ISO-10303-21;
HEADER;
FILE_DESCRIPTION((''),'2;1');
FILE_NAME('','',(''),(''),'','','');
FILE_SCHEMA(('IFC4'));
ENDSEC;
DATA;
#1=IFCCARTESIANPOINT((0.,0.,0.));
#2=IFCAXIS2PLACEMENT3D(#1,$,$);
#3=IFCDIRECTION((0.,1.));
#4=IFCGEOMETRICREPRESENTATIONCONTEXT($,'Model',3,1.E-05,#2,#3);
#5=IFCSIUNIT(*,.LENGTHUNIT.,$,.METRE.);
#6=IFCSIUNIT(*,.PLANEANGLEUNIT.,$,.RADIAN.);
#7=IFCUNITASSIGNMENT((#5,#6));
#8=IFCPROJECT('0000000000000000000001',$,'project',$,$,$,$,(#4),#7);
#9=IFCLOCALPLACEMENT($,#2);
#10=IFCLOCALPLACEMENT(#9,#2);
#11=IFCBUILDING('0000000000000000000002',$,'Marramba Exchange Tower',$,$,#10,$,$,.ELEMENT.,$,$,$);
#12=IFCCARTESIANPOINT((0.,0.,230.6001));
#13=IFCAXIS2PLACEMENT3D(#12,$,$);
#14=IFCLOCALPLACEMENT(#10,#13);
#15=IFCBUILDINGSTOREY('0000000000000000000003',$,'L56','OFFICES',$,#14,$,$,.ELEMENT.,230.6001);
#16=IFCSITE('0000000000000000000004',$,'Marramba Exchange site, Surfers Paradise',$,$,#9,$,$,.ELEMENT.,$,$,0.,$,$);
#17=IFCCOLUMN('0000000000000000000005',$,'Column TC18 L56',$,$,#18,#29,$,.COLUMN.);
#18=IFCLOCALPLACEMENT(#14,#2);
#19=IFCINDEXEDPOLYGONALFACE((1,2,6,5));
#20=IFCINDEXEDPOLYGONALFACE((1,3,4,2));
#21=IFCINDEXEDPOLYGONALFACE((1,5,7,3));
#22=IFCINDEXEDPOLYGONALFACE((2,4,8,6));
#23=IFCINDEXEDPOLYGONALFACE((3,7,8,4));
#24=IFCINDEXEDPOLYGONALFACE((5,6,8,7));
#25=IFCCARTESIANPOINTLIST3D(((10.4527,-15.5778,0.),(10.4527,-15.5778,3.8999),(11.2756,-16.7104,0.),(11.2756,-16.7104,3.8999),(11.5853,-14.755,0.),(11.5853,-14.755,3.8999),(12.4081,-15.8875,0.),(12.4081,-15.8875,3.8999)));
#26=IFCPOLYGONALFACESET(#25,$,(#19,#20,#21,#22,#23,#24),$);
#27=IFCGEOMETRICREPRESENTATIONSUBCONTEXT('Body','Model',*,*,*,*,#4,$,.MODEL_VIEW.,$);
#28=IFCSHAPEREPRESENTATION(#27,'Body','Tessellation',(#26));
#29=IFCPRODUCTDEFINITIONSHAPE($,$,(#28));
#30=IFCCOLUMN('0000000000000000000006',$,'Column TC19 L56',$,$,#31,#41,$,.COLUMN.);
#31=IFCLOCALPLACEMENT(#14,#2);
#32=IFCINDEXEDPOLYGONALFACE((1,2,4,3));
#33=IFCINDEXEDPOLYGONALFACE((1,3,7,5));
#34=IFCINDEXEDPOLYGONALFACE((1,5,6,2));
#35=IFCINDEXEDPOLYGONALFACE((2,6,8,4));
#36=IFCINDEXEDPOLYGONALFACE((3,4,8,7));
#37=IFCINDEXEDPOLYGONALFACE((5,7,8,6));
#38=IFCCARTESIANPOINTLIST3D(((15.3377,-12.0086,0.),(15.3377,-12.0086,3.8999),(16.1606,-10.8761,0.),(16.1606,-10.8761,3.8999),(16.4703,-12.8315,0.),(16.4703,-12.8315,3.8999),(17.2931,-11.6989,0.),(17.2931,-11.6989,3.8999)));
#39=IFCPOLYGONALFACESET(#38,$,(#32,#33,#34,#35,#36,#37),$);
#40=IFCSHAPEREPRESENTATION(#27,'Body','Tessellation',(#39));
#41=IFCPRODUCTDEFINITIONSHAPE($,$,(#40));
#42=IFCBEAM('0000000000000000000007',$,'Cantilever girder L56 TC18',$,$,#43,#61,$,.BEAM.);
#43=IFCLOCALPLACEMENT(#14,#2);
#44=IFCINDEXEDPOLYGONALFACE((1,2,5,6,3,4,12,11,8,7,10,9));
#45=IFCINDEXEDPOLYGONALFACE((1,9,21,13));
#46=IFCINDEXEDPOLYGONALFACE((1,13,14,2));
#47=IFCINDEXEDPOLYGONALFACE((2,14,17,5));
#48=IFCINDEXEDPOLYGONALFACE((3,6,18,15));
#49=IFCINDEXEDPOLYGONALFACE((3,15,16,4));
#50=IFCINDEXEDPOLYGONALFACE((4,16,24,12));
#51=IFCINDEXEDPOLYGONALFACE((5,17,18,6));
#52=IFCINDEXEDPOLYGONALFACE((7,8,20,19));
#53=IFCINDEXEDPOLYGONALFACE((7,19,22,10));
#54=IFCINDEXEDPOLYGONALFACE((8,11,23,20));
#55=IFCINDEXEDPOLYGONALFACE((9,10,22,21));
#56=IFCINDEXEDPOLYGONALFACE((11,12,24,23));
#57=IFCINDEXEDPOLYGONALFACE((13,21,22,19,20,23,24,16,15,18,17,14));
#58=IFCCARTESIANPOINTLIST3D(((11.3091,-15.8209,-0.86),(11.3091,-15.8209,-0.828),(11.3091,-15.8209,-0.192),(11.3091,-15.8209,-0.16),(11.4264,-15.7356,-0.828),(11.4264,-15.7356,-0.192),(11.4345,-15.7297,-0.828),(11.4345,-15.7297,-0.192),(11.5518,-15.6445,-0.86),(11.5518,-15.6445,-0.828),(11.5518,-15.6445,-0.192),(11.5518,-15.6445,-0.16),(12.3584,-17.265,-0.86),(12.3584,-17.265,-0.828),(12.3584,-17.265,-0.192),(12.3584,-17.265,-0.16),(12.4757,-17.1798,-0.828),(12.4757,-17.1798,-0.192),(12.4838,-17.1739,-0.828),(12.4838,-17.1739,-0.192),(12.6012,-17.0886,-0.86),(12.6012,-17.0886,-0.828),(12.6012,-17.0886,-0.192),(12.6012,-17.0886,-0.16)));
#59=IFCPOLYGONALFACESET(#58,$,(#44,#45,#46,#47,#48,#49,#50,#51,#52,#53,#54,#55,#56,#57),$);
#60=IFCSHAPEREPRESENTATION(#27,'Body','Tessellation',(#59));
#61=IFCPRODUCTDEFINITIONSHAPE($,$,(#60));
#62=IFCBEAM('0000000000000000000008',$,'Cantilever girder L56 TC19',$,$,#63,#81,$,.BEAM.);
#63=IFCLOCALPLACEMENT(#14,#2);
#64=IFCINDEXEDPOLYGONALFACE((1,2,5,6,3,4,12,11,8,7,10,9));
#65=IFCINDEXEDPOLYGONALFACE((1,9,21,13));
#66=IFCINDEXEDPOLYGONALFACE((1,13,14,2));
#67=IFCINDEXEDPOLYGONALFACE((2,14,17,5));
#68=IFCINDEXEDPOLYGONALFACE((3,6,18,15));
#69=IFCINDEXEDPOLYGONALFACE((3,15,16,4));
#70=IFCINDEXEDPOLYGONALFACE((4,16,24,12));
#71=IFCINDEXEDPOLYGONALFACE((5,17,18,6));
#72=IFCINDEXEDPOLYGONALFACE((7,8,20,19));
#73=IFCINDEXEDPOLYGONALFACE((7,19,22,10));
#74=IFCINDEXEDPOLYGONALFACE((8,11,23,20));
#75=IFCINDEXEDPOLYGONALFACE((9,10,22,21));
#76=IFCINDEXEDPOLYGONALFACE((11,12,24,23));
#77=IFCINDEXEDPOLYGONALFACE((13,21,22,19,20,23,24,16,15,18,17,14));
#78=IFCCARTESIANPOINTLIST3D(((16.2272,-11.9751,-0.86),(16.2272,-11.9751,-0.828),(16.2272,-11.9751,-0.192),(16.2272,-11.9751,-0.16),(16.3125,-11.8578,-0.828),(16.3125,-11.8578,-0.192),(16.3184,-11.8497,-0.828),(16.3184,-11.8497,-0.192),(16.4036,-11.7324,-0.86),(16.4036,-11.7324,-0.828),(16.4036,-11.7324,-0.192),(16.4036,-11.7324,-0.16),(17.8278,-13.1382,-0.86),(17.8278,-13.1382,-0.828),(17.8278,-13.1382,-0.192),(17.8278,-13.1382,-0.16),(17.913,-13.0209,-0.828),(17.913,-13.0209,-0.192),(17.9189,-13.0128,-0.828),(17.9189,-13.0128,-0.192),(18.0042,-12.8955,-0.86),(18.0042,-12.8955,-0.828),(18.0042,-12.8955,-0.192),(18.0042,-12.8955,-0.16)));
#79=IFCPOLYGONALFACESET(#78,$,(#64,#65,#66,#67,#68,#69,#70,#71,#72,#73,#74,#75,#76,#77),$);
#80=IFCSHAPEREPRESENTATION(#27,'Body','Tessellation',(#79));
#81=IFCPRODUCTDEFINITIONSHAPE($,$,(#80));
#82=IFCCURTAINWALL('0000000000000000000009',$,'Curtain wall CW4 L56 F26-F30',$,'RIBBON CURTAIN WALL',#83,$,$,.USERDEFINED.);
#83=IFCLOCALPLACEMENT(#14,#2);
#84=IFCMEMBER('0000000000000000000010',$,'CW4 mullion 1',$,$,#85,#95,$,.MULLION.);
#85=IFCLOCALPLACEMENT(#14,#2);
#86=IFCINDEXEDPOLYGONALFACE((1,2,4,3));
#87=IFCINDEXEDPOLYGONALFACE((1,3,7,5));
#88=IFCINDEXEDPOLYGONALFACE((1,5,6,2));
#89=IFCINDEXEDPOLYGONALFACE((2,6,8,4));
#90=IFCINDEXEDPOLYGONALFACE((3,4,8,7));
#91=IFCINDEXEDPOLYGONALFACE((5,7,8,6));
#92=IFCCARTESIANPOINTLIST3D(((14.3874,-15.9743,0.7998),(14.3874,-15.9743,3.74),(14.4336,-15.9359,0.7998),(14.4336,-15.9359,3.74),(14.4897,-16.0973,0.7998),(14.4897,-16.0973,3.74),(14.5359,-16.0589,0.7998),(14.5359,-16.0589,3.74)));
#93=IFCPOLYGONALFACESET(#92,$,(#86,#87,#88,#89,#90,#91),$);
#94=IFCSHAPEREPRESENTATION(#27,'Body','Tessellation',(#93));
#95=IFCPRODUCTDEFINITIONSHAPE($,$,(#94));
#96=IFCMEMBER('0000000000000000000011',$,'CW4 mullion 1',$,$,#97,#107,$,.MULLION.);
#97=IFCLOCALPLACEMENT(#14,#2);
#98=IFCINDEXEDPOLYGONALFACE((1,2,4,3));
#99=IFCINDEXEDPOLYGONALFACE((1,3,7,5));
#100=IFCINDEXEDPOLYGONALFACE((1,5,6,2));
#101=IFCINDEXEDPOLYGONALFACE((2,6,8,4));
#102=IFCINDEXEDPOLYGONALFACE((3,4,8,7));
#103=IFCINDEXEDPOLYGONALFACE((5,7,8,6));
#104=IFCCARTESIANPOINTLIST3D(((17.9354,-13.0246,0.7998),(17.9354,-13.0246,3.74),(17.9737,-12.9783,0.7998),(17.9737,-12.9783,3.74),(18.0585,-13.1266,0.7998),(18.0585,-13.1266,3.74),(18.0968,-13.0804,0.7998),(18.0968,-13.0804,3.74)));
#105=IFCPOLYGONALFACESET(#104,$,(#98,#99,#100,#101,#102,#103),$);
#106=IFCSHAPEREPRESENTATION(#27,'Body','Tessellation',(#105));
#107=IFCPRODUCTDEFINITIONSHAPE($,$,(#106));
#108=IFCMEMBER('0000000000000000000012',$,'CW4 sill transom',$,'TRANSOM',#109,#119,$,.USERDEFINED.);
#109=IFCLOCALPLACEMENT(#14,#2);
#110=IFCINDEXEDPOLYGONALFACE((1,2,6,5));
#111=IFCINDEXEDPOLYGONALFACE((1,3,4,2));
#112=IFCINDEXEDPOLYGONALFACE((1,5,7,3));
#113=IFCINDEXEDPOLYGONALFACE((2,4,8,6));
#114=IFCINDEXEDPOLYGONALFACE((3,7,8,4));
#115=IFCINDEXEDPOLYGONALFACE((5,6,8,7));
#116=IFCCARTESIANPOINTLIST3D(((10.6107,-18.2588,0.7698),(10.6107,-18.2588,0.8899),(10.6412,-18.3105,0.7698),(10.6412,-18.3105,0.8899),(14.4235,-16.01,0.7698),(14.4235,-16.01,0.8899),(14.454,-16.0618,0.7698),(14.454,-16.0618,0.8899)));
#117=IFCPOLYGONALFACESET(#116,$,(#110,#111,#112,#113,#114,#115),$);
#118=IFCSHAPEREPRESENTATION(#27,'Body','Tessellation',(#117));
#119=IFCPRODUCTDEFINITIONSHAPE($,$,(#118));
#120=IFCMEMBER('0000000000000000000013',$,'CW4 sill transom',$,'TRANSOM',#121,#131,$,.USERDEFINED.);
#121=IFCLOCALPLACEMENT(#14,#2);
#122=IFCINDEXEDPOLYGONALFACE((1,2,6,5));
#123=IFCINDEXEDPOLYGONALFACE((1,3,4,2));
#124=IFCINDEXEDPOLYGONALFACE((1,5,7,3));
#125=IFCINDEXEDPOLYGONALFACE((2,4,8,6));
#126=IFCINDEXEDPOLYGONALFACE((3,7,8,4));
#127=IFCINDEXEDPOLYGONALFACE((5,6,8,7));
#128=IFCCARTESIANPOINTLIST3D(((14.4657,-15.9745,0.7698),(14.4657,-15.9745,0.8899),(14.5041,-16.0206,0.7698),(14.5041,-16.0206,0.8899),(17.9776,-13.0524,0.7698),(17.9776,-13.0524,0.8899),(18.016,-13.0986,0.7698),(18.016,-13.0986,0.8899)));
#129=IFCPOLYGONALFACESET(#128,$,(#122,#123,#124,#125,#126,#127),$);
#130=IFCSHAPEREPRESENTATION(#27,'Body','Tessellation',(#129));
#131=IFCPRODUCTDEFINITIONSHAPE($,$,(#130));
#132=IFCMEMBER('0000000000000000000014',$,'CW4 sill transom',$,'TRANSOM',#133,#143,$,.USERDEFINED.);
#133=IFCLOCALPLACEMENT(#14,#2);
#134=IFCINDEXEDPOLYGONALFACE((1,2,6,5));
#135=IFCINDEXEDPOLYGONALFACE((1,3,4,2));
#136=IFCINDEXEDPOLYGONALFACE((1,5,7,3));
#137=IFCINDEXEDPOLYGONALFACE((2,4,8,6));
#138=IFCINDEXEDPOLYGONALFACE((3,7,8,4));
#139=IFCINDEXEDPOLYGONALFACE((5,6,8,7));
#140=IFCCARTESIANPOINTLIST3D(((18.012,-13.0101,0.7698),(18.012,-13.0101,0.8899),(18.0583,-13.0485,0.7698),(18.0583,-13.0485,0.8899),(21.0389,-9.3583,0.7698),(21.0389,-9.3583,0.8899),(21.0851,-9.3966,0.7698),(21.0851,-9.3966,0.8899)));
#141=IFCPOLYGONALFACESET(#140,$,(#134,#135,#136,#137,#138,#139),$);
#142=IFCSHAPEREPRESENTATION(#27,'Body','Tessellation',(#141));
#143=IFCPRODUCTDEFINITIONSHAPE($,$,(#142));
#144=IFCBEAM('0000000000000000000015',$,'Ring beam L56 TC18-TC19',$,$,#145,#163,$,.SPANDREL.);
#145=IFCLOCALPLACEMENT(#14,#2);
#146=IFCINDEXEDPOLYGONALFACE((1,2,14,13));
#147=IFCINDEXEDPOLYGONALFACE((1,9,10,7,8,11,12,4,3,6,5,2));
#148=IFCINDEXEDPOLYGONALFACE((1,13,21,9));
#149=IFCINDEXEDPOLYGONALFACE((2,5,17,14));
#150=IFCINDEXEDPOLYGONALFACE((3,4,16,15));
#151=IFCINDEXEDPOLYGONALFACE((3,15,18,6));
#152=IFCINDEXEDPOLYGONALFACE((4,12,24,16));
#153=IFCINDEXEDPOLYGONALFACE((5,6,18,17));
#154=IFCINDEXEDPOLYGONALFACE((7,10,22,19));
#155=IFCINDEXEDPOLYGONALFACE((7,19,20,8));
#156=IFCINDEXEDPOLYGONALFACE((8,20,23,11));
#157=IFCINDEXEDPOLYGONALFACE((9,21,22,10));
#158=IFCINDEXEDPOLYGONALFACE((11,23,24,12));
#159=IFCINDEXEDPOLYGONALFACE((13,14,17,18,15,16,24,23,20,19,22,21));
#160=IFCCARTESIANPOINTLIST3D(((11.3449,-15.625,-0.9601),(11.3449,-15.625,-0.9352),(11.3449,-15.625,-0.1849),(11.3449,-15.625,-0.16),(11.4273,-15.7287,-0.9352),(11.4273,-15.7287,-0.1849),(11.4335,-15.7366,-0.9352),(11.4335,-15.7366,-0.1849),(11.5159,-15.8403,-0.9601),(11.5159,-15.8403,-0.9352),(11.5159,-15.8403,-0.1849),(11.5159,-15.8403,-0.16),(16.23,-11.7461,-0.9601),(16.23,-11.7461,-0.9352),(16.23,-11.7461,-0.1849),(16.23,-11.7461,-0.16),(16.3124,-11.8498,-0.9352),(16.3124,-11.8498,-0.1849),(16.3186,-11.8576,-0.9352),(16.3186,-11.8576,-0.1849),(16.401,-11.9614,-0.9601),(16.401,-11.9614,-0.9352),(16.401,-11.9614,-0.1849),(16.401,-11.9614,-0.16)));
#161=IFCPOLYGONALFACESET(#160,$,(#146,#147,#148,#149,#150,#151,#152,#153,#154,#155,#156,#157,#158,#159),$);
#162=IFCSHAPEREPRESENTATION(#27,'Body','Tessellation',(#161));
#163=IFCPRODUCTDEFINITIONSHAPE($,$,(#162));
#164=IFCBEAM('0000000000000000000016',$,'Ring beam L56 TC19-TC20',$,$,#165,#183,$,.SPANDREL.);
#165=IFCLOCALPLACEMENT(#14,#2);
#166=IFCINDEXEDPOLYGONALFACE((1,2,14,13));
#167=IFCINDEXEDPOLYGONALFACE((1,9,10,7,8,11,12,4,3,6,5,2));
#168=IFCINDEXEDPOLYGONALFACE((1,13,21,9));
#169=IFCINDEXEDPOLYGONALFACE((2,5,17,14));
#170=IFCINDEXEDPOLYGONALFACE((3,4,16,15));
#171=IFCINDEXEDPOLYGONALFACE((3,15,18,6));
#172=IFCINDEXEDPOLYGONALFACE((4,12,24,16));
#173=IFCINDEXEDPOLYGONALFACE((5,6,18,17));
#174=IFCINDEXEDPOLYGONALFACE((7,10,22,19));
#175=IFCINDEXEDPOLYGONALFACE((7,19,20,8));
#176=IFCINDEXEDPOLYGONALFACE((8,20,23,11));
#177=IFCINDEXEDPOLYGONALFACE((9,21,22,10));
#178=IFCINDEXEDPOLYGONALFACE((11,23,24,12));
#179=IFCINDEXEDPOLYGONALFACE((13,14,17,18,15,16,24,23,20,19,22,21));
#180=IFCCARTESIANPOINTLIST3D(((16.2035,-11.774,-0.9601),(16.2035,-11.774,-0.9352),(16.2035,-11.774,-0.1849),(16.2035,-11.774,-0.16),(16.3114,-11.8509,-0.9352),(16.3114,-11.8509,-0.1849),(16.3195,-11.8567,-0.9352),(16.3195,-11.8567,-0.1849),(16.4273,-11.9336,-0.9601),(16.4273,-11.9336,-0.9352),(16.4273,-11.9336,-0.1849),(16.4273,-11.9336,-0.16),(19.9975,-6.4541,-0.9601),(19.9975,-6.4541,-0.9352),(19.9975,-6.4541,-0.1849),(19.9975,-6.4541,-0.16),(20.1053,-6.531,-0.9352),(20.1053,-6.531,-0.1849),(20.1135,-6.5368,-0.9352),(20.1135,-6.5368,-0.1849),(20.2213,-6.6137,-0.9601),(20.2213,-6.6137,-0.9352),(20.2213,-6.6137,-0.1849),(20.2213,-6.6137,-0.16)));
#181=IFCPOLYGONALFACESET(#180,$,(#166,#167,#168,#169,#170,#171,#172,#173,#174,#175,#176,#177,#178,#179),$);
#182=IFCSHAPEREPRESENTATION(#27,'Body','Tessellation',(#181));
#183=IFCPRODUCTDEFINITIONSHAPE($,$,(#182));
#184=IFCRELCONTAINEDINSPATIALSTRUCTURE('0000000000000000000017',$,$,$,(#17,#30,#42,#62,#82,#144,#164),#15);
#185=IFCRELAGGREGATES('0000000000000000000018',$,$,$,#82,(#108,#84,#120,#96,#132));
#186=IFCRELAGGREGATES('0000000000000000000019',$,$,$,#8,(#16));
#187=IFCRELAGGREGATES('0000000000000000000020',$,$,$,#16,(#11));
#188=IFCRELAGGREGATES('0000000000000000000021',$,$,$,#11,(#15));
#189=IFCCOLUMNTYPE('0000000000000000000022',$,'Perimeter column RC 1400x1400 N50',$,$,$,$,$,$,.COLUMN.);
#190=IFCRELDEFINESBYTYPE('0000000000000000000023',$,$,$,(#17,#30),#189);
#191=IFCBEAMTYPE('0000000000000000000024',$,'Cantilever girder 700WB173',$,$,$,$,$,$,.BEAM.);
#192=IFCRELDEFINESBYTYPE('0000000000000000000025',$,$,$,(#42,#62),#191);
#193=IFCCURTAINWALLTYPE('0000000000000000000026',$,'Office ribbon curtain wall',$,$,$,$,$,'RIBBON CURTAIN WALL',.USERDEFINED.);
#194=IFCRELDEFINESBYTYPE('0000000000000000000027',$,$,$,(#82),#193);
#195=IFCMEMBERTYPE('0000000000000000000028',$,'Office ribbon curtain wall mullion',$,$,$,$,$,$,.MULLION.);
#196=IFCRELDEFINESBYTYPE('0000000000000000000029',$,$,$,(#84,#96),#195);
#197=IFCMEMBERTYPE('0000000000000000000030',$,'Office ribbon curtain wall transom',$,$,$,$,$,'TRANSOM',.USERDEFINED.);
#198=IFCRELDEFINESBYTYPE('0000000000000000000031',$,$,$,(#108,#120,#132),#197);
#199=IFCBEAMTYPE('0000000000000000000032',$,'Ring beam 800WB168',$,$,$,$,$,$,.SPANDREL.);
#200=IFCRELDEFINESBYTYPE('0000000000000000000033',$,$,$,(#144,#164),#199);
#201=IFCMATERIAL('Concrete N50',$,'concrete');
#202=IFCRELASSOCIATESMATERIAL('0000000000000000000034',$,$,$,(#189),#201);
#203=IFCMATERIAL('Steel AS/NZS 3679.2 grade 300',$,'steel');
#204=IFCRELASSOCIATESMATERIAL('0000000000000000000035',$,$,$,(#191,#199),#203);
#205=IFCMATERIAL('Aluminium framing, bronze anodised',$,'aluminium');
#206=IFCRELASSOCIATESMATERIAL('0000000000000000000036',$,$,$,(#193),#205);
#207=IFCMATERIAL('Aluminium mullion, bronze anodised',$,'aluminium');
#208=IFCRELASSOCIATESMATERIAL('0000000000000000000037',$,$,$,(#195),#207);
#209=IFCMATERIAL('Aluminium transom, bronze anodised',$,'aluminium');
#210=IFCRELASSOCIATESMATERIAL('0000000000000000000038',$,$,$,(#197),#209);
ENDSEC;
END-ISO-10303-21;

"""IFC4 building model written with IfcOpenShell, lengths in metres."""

from ifc_helpers import new_model, si_unit, direction, frame, origin, origin_2d, place, context, subcontext, project, spatial, rectangle, i_section, extrude, material, material_profile, profile_set, type_object, element, aggregate, save


model = new_model("IFC4")

# Units and contexts
model_context = context("Model", 3, precision=1e-05, world=origin(), true_north=direction((0.0, 1.0)))
body_context = subcontext(model_context, "Body", "Model", "MODEL_VIEW")
ifc_project = project(units=[si_unit("LENGTHUNIT", "METRE"), si_unit("PLANEANGLEUNIT", "RADIAN")], contexts=[model_context])

# Site, building, storey
site_placement = place(None, origin())
site = spatial("IfcSite", under=ifc_project, at=site_placement, Name="Marramba Exchange site, Surfers Paradise", CompositionType="ELEMENT", RefElevation=0.0)
building_placement = place(site_placement, origin())
building = spatial("IfcBuilding", under=site, at=building_placement, Name="Marramba Exchange Tower", CompositionType="ELEMENT")
storey_placement = place(building_placement, frame((0.0, 0.0, 230.6001)))
storey = spatial("IfcBuildingStorey", under=building, at=storey_placement, Name="L56", Description="OFFICES", CompositionType="ELEMENT", Elevation=230.6001)

# Columns
ifc_material_1 = material(Name="Concrete N50", Category="concrete")
ifc_material_profile_1 = material_profile(ifc_material_1, rectangle(XDim=1.3999, YDim=1.3999, at=origin_2d()), Name="RC 1400x1400")
ifc_profile_set_1 = profile_set([ifc_material_profile_1], Name="Concrete N50")
column_type = type_object("IfcColumnType", Name="Perimeter column RC 1400x1400 N50", PredefinedType="COLUMN", material=ifc_profile_set_1)
for number, where, z_axis, x_axis, name in (
    (1, (11.4304, -15.7327, 0.0), (0.0, 0.0, 1.0), (0.587785, -0.809017, 0.0), "Column TC18 L56"),
    (2, (16.3154, -11.8538, 0.0), (0.0, 0.0, 1.0), (0.809017, -0.587785, 0.0), "Column TC19 L56"),
):
    element("IfcColumn", number, at=place(storey_placement, frame(where, z_axis=z_axis, x_axis=x_axis)), inside=storey, type_object=column_type, Name=name, PredefinedType="COLUMN", context=body_context, shape_type="SweptSolid", body=[
        extrude(rectangle(XDim=1.3999, YDim=1.3999, at=origin_2d()), origin(), (0.0, 0.0, 1.0), 3.8999),
    ])

# Beams
ifc_material_2 = material(Name="Steel AS/NZS 3679.2 grade 300", Category="steel")
ifc_material_profile_2 = material_profile(ifc_material_2, i_section(OverallWidth=0.3, OverallDepth=0.7, WebThickness=0.01, FlangeThickness=0.032, at=origin_2d()), Name="700WB173")
ifc_profile_set_2 = profile_set([ifc_material_profile_2], Name="Steel AS/NZS 3679.2 grade 300")
beam_type_1 = type_object("IfcBeamType", Name="Cantilever girder 700WB173", PredefinedType="BEAM", material=ifc_profile_set_2)
beam_1_placement = place(storey_placement, frame((11.4304, -15.7327, -0.51), z_axis=(0.58783, -0.808984, 0.0), x_axis=(0.808984, 0.58783, 0.0)))
element("IfcBeam", 3, at=beam_1_placement, inside=storey, type_object=beam_type_1, Name="Cantilever girder L56 TC18", PredefinedType="BEAM", context=body_context, shape_type="SweptSolid", body=[
    extrude(i_section(OverallWidth=0.3, OverallDepth=0.7, WebThickness=0.01, FlangeThickness=0.032, at=origin_2d()), origin(), (0.0, 0.0, 1.0), 1.7852),
])
beam_2_placement = place(storey_placement, frame((16.3154, -11.8538, -0.51), z_axis=(0.808971, -0.587849, 0.0), x_axis=(0.587849, 0.808971, 0.0)))
element("IfcBeam", 4, at=beam_2_placement, inside=storey, type_object=beam_type_1, Name="Cantilever girder L56 TC19", PredefinedType="BEAM", context=body_context, shape_type="SweptSolid", body=[
    extrude(i_section(OverallWidth=0.3, OverallDepth=0.7, WebThickness=0.01, FlangeThickness=0.032, at=origin_2d()), origin(), (0.0, 0.0, 1.0), 1.9785),
])

# Curtain wall, members
ifc_material_3 = material(Name="Aluminium framing, bronze anodised", Category="aluminium")
curtain_wall_type = type_object("IfcCurtainWallType", Name="Office ribbon curtain wall", ElementType="RIBBON CURTAIN WALL", PredefinedType="USERDEFINED", material=ifc_material_3)
curtain_wall_placement = place(storey_placement, origin())
curtain_wall = element("IfcCurtainWall", 5, at=curtain_wall_placement, inside=storey, type_object=curtain_wall_type, Name="Curtain wall CW4 L56 F26-F30", ObjectType="RIBBON CURTAIN WALL", PredefinedType="USERDEFINED")
ifc_material_4 = material(Name="Aluminium mullion, bronze anodised", Category="aluminium")
ifc_material_profile_3 = material_profile(ifc_material_4, rectangle(XDim=0.1599, YDim=0.0601, at=origin_2d()), Name="CW4 mullion 60x160")
ifc_profile_set_3 = profile_set([ifc_material_profile_3], Name="Aluminium mullion, bronze anodised")
member_type_1 = type_object("IfcMemberType", Name="Office ribbon curtain wall mullion", PredefinedType="MULLION", material=ifc_profile_set_3)
member_1_placement = place(storey_placement, frame((14.4617, -16.0166, 0.7998), z_axis=(0.0, 0.0, 1.0), x_axis=(-0.639565, 0.768737, 0.0)))
member_1 = element("IfcMember", 6, at=member_1_placement, type_object=member_type_1, Name="CW4 mullion 1", PredefinedType="MULLION", context=body_context, shape_type="SweptSolid", body=[
    extrude(rectangle(XDim=0.1599, YDim=0.0601, at=origin_2d()), origin(), (0.0, 0.0, 1.0), 2.9402),
])
member_2_placement = place(storey_placement, frame((18.0161, -13.0525, 0.7998), z_axis=(0.0, 0.0, 1.0), x_axis=(-0.769912, 0.63815, 0.0)))
member_2 = element("IfcMember", 7, at=member_2_placement, type_object=member_type_1, Name="CW4 mullion 1", PredefinedType="MULLION", context=body_context, shape_type="SweptSolid", body=[
    extrude(rectangle(XDim=0.1599, YDim=0.0601, at=origin_2d()), origin(), (0.0, 0.0, 1.0), 2.9402),
])
ifc_material_5 = material(Name="Aluminium transom, bronze anodised", Category="aluminium")
ifc_material_profile_4 = material_profile(ifc_material_5, rectangle(XDim=0.0601, YDim=0.1201, at=origin_2d()), Name="CW4 transom 60x120")
ifc_profile_set_4 = profile_set([ifc_material_profile_4], Name="Aluminium transom, bronze anodised")
member_type_2 = type_object("IfcMemberType", Name="Office ribbon curtain wall transom", ElementType="TRANSOM", PredefinedType="USERDEFINED", material=ifc_profile_set_4)
member_3_placement = place(storey_placement, frame((10.626, -18.2847, 0.8298), z_axis=(0.861342, 0.508025, 0.0), x_axis=(-0.508025, 0.861342, 0.0)))
member_3 = element("IfcMember", 8, at=member_3_placement, type_object=member_type_2, Name="CW4 sill transom", ObjectType="TRANSOM", PredefinedType="USERDEFINED", context=body_context, shape_type="SweptSolid", body=[
    extrude(rectangle(XDim=0.0601, YDim=0.1201, at=origin_2d()), origin(), (0.0, 0.0, 1.0), 4.4265),
])
member_4_placement = place(storey_placement, frame((14.4849, -15.9976, 0.8298), z_axis=(0.768707, 0.639601, 0.0), x_axis=(-0.639601, 0.768707, 0.0)))
member_4 = element("IfcMember", 9, at=member_4_placement, type_object=member_type_2, Name="CW4 sill transom", ObjectType="TRANSOM", PredefinedType="USERDEFINED", context=body_context, shape_type="SweptSolid", body=[
    extrude(rectangle(XDim=0.0601, YDim=0.1201, at=origin_2d()), origin(), (0.0, 0.0, 1.0), 4.5686),
])
member_5_placement = place(storey_placement, frame((18.0352, -13.0293, 0.8298), z_axis=(0.638147, 0.769915, 0.0), x_axis=(-0.769915, 0.638147, 0.0)))
member_5 = element("IfcMember", 10, at=member_5_placement, type_object=member_type_2, Name="CW4 sill transom", ObjectType="TRANSOM", PredefinedType="USERDEFINED", context=body_context, shape_type="SweptSolid", body=[
    extrude(rectangle(XDim=0.0601, YDim=0.1201, at=origin_2d()), origin(), (0.0, 0.0, 1.0), 4.7432),
])

# Beams
ifc_material_profile_5 = material_profile(ifc_material_2, i_section(OverallWidth=0.2749, OverallDepth=0.8, WebThickness=0.01, FlangeThickness=0.0249, at=origin_2d()), Name="800WB168")
ifc_profile_set_5 = profile_set([ifc_material_profile_5], Name="Steel AS/NZS 3679.2 grade 300")
beam_type_2 = type_object("IfcBeamType", Name="Ring beam 800WB168", PredefinedType="SPANDREL", material=ifc_profile_set_5)
beam_3_placement = place(storey_placement, frame((11.4304, -15.7327, -0.5601), z_axis=(0.783139, 0.621846, 0.0), x_axis=(-0.621846, 0.783139, 0.0)))
element("IfcBeam", 11, at=beam_3_placement, inside=storey, type_object=beam_type_2, Name="Ring beam L56 TC18-TC19", PredefinedType="SPANDREL", context=body_context, shape_type="SweptSolid", body=[
    extrude(i_section(OverallWidth=0.2749, OverallDepth=0.8, WebThickness=0.01, FlangeThickness=0.0249, at=origin_2d()), origin(), (0.0, 0.0, 1.0), 6.2378),
])
beam_4_placement = place(storey_placement, frame((16.3154, -11.8538, -0.5601), z_axis=(0.580637, 0.814162, 0.0), x_axis=(-0.814162, 0.580637, 0.0)))
element("IfcBeam", 12, at=beam_4_placement, inside=storey, type_object=beam_type_2, Name="Ring beam L56 TC19-TC20", PredefinedType="SPANDREL", context=body_context, shape_type="SweptSolid", body=[
    extrude(i_section(OverallWidth=0.2749, OverallDepth=0.8, WebThickness=0.01, FlangeThickness=0.0249, at=origin_2d()), origin(), (0.0, 0.0, 1.0), 6.5342),
])

aggregate(curtain_wall, [member_3, member_1, member_4, member_2, member_5])

save(model, "model.ifc")
